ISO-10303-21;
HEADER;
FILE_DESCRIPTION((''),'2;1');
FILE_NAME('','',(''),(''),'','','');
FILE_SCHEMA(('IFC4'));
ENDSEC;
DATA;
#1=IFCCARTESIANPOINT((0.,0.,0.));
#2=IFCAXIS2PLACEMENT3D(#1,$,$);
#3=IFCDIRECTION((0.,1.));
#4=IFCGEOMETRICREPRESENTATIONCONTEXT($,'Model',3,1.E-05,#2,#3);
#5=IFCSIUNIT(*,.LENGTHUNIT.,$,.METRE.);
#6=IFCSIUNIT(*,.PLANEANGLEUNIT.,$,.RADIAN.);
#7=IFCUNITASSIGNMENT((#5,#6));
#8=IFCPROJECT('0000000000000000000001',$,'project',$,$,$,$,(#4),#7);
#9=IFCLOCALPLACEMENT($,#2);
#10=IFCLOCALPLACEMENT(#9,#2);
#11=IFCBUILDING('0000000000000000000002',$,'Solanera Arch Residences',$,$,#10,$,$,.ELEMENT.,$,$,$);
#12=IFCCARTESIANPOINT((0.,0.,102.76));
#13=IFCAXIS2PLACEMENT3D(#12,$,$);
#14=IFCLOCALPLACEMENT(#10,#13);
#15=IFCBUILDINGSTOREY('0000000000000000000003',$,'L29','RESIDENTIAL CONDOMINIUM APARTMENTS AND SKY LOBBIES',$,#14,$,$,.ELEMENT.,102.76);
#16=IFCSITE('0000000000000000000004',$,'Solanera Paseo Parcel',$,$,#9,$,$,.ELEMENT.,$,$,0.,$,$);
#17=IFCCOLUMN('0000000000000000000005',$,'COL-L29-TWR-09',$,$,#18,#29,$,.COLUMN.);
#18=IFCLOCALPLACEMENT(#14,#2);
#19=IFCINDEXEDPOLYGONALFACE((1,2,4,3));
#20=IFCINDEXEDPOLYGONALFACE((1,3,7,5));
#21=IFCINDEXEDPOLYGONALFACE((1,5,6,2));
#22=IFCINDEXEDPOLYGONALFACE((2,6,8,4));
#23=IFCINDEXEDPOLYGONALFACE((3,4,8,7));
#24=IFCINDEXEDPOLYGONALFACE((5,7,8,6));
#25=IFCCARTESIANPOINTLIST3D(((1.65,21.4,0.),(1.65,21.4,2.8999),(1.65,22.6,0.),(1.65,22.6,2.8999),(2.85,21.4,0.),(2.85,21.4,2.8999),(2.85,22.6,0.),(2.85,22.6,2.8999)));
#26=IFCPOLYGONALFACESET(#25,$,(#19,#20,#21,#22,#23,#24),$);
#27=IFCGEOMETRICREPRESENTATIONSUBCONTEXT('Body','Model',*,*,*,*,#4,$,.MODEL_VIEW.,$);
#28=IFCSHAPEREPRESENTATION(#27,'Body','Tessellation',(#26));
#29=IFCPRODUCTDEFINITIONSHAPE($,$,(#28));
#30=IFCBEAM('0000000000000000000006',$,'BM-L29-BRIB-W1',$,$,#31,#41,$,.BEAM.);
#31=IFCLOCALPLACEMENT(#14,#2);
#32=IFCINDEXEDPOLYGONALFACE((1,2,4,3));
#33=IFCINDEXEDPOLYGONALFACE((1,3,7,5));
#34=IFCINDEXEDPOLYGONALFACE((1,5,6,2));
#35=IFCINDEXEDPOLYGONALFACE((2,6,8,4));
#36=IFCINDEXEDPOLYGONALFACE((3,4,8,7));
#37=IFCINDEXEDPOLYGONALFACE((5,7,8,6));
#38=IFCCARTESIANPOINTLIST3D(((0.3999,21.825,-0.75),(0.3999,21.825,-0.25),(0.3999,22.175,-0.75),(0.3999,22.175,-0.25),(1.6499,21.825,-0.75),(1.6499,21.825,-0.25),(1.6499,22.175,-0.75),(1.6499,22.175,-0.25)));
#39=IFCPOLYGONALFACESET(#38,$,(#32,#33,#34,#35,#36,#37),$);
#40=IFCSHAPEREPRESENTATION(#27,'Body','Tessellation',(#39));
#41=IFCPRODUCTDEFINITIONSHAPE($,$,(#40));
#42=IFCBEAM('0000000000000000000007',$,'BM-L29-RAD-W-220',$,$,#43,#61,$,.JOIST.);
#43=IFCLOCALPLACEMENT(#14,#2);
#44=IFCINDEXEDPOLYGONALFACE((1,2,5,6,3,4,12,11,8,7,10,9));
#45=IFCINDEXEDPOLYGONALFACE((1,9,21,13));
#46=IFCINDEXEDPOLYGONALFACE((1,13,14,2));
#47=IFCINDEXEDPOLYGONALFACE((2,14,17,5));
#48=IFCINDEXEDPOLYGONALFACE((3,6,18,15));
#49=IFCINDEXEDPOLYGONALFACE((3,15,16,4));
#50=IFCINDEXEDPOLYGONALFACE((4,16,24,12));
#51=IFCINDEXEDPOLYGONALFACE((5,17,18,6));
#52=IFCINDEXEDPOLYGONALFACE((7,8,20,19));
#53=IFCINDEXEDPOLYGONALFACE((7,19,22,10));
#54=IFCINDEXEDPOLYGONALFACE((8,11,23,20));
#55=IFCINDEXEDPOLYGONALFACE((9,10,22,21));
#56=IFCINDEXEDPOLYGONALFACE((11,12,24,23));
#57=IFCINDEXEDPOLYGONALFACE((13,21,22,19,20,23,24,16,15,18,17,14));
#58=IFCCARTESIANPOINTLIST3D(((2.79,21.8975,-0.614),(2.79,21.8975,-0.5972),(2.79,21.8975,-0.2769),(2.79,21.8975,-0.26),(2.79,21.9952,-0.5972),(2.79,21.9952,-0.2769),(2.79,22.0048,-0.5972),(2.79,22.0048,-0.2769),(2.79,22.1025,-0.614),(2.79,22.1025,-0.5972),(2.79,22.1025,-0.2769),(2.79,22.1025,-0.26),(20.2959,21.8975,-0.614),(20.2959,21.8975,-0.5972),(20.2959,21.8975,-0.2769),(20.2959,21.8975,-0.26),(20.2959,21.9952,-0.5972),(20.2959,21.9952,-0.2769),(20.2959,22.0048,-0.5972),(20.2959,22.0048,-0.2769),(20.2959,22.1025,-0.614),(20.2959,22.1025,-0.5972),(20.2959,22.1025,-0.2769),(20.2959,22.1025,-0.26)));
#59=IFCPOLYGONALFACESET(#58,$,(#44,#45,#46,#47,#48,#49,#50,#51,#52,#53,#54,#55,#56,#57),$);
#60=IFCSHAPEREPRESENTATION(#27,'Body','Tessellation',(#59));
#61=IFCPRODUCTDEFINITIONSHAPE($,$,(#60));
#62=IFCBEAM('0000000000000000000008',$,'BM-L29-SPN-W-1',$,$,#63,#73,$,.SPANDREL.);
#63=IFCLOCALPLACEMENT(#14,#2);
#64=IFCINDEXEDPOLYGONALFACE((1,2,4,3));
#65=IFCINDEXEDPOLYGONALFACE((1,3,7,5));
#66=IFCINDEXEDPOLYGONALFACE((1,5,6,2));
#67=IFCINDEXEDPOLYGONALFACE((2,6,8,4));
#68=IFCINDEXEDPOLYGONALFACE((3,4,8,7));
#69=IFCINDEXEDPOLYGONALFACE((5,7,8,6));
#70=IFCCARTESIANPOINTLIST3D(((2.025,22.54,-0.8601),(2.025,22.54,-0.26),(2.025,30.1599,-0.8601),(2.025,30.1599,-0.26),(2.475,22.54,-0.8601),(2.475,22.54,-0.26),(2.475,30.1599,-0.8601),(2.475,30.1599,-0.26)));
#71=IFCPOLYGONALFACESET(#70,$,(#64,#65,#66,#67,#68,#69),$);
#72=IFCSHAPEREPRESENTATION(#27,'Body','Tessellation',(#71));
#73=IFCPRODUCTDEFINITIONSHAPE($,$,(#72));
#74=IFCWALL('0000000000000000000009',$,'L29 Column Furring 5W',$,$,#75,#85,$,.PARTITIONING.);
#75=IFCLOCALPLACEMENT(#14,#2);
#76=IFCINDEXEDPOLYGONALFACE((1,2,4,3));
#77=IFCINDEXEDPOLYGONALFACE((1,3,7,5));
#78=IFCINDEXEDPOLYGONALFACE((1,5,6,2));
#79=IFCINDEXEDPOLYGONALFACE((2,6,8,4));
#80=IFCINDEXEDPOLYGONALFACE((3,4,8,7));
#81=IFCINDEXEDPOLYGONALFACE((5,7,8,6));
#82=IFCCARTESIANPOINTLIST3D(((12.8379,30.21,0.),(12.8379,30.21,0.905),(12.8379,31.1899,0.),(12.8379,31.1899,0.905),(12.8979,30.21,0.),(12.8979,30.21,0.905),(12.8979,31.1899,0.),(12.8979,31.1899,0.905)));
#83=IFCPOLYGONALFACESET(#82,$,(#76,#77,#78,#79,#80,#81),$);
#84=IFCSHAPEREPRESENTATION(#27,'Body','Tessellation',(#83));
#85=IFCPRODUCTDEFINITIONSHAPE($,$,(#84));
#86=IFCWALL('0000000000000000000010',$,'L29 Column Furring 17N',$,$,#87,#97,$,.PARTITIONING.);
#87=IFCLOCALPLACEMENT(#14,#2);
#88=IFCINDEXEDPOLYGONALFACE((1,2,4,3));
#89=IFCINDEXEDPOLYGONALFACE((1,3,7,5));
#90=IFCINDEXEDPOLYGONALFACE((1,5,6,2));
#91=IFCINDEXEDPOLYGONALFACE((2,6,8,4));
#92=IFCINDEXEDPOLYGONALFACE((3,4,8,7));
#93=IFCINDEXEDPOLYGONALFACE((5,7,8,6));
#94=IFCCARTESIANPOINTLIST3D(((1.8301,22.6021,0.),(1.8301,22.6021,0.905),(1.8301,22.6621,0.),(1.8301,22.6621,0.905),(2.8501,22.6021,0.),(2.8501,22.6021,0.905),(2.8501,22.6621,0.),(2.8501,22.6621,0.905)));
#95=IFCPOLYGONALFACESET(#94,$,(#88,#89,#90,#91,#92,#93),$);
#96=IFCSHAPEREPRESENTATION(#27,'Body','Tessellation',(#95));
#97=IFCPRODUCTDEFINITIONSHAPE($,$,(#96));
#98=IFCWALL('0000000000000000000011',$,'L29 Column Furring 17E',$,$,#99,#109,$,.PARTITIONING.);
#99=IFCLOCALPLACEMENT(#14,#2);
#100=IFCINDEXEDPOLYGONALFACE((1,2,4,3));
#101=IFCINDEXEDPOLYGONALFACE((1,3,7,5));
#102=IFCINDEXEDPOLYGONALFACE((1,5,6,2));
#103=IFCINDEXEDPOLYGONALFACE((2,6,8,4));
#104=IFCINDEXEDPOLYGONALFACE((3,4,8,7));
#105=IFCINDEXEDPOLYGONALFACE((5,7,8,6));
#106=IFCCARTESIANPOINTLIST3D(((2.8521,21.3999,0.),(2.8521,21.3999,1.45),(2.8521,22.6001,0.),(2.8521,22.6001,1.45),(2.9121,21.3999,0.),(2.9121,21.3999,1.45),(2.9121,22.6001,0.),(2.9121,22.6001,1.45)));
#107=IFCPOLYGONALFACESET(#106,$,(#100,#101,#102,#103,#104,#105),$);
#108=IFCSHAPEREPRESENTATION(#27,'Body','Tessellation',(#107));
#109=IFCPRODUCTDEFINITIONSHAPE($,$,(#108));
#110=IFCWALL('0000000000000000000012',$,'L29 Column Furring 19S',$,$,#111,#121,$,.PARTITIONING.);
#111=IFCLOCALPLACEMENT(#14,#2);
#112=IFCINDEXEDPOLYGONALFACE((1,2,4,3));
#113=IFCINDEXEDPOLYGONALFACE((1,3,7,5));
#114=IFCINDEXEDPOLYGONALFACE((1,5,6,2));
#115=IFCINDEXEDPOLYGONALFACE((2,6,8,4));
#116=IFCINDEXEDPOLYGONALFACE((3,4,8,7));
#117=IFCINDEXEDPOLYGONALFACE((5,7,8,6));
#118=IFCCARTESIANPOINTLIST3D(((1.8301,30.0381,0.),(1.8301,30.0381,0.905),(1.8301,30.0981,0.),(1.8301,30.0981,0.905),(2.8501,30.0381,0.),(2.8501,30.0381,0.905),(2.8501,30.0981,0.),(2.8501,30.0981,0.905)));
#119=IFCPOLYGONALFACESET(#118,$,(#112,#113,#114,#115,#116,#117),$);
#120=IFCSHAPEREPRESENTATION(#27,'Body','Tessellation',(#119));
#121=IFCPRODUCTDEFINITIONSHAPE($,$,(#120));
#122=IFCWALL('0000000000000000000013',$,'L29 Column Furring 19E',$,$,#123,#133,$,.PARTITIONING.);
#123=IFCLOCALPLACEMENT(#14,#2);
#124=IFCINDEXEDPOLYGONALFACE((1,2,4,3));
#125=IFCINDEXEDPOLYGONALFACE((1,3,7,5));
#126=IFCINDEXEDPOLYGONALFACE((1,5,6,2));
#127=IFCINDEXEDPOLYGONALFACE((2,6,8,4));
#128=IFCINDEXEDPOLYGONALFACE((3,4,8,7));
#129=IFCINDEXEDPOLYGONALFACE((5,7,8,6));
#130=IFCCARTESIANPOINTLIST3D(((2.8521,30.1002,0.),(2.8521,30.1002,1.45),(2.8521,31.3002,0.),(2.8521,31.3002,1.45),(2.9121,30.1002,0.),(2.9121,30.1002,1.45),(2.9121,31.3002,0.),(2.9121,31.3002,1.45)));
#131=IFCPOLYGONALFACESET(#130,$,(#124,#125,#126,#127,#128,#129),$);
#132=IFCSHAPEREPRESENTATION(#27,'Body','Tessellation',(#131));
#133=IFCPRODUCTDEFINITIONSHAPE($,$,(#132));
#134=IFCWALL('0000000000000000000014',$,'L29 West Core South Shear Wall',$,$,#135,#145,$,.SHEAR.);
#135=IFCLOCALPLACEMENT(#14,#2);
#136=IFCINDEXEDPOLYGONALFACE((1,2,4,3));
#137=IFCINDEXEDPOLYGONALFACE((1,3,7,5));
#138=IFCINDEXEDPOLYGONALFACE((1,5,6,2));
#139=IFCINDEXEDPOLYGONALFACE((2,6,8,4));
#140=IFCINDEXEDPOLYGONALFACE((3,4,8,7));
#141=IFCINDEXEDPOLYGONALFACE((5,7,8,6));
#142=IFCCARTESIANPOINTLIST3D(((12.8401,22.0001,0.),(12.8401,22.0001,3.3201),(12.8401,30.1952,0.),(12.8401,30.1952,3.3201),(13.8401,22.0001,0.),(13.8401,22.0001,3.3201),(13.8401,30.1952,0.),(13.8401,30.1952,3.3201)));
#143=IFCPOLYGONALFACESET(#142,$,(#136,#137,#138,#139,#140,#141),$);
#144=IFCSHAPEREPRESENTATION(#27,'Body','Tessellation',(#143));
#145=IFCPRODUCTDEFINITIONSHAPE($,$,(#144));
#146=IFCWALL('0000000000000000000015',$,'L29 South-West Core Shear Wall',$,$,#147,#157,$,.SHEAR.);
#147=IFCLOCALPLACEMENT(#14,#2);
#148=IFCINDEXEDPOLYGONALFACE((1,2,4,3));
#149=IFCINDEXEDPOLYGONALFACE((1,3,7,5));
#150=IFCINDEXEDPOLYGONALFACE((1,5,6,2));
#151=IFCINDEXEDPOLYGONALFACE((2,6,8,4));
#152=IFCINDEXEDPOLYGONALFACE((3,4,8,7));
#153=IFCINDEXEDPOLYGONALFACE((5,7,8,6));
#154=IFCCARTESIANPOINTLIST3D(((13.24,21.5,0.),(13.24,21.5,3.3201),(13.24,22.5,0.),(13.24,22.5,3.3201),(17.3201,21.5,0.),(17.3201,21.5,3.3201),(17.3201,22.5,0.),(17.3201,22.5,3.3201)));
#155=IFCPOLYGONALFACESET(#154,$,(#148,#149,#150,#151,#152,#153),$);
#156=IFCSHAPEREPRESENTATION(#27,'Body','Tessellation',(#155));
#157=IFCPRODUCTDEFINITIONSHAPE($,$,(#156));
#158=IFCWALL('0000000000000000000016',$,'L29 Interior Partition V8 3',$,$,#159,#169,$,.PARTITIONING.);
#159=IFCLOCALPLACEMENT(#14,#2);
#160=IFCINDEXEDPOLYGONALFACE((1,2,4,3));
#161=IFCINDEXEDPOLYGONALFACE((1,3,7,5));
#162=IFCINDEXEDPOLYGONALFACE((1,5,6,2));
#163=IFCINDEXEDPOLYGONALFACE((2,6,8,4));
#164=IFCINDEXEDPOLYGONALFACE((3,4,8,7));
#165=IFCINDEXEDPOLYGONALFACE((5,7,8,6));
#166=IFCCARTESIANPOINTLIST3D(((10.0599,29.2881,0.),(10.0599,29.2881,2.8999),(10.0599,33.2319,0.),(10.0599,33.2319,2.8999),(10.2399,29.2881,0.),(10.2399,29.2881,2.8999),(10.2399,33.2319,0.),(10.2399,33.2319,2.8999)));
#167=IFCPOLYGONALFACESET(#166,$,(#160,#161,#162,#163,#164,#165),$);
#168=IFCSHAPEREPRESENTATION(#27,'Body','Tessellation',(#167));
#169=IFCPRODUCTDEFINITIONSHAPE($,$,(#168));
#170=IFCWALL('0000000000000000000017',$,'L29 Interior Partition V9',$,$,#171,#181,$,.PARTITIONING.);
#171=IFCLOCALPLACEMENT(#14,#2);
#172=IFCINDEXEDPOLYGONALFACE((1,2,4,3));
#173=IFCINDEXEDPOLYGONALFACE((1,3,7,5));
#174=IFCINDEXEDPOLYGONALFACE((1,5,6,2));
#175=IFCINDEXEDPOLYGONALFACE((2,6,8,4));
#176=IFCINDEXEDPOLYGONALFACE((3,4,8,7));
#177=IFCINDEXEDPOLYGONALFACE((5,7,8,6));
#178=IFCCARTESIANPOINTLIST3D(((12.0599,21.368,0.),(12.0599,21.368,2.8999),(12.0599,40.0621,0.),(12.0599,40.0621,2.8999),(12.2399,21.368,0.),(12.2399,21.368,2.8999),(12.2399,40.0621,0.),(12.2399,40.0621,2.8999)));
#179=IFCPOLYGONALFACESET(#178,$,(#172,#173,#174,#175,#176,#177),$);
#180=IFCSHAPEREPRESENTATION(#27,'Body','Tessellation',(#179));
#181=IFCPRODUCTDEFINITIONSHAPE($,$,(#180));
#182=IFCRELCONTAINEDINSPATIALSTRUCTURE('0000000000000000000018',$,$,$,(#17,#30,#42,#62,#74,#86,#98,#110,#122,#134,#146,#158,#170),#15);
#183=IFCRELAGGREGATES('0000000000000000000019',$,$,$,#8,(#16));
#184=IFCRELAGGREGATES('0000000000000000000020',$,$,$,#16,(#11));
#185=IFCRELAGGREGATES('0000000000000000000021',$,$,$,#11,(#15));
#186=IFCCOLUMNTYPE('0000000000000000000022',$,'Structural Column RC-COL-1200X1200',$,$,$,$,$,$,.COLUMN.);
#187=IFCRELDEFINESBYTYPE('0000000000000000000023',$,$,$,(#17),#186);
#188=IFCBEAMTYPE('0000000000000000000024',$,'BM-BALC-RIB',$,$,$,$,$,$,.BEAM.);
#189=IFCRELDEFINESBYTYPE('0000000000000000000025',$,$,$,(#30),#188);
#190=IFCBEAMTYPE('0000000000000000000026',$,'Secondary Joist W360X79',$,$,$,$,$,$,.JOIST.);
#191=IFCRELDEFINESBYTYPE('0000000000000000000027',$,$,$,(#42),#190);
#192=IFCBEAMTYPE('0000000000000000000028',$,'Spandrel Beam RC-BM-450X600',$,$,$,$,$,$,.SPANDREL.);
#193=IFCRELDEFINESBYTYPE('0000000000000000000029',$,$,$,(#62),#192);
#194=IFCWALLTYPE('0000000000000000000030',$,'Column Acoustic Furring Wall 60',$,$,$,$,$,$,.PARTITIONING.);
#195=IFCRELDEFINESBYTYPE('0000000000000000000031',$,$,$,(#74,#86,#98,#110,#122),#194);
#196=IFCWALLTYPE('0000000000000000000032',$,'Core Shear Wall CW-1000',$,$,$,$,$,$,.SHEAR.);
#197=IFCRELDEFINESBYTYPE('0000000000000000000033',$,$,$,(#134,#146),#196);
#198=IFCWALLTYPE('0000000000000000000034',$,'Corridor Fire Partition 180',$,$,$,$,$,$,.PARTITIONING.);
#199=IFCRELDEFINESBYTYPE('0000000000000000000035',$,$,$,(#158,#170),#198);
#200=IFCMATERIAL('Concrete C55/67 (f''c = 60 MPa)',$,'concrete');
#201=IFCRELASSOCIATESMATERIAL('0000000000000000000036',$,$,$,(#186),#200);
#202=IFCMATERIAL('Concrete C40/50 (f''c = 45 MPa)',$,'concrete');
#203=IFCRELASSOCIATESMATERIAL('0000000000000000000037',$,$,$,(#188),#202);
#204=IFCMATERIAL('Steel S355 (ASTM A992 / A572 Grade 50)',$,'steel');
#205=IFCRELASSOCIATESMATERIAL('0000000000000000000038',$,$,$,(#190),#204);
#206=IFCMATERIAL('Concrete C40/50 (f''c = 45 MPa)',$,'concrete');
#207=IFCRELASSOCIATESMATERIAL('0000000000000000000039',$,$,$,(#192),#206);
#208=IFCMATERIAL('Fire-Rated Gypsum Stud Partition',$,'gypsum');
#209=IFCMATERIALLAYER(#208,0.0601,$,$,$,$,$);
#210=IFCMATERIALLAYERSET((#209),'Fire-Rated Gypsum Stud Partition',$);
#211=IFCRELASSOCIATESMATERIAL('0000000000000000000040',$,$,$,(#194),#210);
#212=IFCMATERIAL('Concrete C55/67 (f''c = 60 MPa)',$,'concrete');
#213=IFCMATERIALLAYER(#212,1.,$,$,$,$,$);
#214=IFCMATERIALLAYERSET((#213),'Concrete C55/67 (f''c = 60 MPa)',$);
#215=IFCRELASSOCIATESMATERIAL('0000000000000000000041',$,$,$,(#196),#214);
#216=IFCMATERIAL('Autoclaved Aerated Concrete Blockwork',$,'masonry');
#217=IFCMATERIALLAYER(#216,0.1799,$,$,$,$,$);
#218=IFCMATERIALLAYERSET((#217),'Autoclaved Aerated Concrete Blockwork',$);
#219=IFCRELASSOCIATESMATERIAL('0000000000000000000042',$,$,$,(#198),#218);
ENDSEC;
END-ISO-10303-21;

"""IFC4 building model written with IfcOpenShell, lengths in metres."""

from ifc_helpers import new_model, si_unit, direction, frame, frame_2d, origin, origin_2d, place, context, subcontext, project, spatial, rectangle, i_section, extrude, material, layer, layer_set, material_profile, profile_set, type_object, element, save


model = new_model("IFC4")

# Units and contexts
model_context = context("Model", 3, precision=1e-05, world=origin(), true_north=direction((0.0, 1.0)))
body_context = subcontext(model_context, "Body", "Model", "MODEL_VIEW")
ifc_project = project(units=[si_unit("LENGTHUNIT", "METRE"), si_unit("PLANEANGLEUNIT", "RADIAN")], contexts=[model_context])

# Site, building, storey
site_placement = place(None, origin())
site = spatial("IfcSite", under=ifc_project, at=site_placement, Name="Solanera Paseo Parcel", CompositionType="ELEMENT", RefElevation=0.0)
building_placement = place(site_placement, origin())
building = spatial("IfcBuilding", under=site, at=building_placement, Name="Solanera Arch Residences", CompositionType="ELEMENT")
storey_placement = place(building_placement, frame((0.0, 0.0, 102.76)))
storey = spatial("IfcBuildingStorey", under=building, at=storey_placement, Name="L29", Description="RESIDENTIAL CONDOMINIUM APARTMENTS AND SKY LOBBIES", CompositionType="ELEMENT", Elevation=102.76)

# Column
ifc_material_1 = material(Name="Concrete C55/67 (f'c = 60 MPa)", Category="concrete")
ifc_material_profile_1 = material_profile(ifc_material_1, rectangle(XDim=1.2, YDim=1.2, at=origin_2d()))
ifc_profile_set_1 = profile_set([ifc_material_profile_1], Name="Concrete C55/67 (f'c = 60 MPa)")
column_type = type_object("IfcColumnType", Name="Structural Column RC-COL-1200X1200", PredefinedType="COLUMN", material=ifc_profile_set_1)
column_placement = place(storey_placement, frame((2.25, 22.0, 0.0), z_axis=(0.0, 0.0, 1.0), x_axis=(1.0, 0.0, 0.0)))
element("IfcColumn", 1, at=column_placement, inside=storey, type_object=column_type, Name="COL-L29-TWR-09", PredefinedType="COLUMN", context=body_context, shape_type="SweptSolid", body=[
    extrude(rectangle(XDim=1.2, YDim=1.2, at=origin_2d()), origin(), (0.0, 0.0, 1.0), 2.8999),
])

# Beams
ifc_material_2 = material(Name="Concrete C40/50 (f'c = 45 MPa)", Category="concrete")
ifc_material_profile_2 = material_profile(ifc_material_2, rectangle(XDim=0.3501, YDim=0.5, at=origin_2d()))
ifc_profile_set_2 = profile_set([ifc_material_profile_2], Name="Concrete C40/50 (f'c = 45 MPa)")
beam_type_1 = type_object("IfcBeamType", Name="BM-BALC-RIB", PredefinedType="BEAM", material=ifc_profile_set_2)
beam_1_placement = place(storey_placement, frame((0.3999, 22.0, -0.5), z_axis=(1.0, 0.0, 0.0), x_axis=(0.0, 1.0, 0.0)))
element("IfcBeam", 2, at=beam_1_placement, inside=storey, type_object=beam_type_1, Name="BM-L29-BRIB-W1", PredefinedType="BEAM", context=body_context, shape_type="SweptSolid", body=[
    extrude(rectangle(XDim=0.3501, YDim=0.5, at=origin_2d()), origin(), (0.0, 0.0, 1.0), 1.25),
])
ifc_material_3 = material(Name="Steel S355 (ASTM A992 / A572 Grade 50)", Category="steel")
ifc_material_profile_3 = material_profile(ifc_material_3, i_section(OverallWidth=0.2051, OverallDepth=0.354, WebThickness=0.0095, FlangeThickness=0.0168, at=origin_2d()))
ifc_profile_set_3 = profile_set([ifc_material_profile_3], Name="Steel S355 (ASTM A992 / A572 Grade 50)")
beam_type_2 = type_object("IfcBeamType", Name="Secondary Joist W360X79", PredefinedType="JOIST", material=ifc_profile_set_3)
beam_2_placement = place(storey_placement, frame((2.79, 22.0, -0.437), z_axis=(1.0, 0.0, 0.0), x_axis=(0.0, 1.0, 0.0)))
element("IfcBeam", 3, at=beam_2_placement, inside=storey, type_object=beam_type_2, Name="BM-L29-RAD-W-220", PredefinedType="JOIST", context=body_context, shape_type="SweptSolid", body=[
    extrude(i_section(OverallWidth=0.2051, OverallDepth=0.354, WebThickness=0.0095, FlangeThickness=0.0168, at=origin_2d()), origin(), (0.0, 0.0, 1.0), 17.5059),
])
ifc_material_4 = material(Name="Concrete C40/50 (f'c = 45 MPa)", Category="concrete")
ifc_material_profile_4 = material_profile(ifc_material_4, rectangle(XDim=0.45, YDim=0.6001, at=origin_2d()))
ifc_profile_set_4 = profile_set([ifc_material_profile_4], Name="Concrete C40/50 (f'c = 45 MPa)")
beam_type_3 = type_object("IfcBeamType", Name="Spandrel Beam RC-BM-450X600", PredefinedType="SPANDREL", material=ifc_profile_set_4)
beam_3_placement = place(storey_placement, frame((2.25, 22.54, -0.5601), z_axis=(0.0, 1.0, 0.0), x_axis=(-1.0, 0.0, 0.0)))
element("IfcBeam", 4, at=beam_3_placement, inside=storey, type_object=beam_type_3, Name="BM-L29-SPN-W-1", PredefinedType="SPANDREL", context=body_context, shape_type="SweptSolid", body=[
    extrude(rectangle(XDim=0.45, YDim=0.6001, at=origin_2d()), origin(), (0.0, 0.0, 1.0), 7.6199),
])

# Walls
ifc_material_5 = material(Name="Fire-Rated Gypsum Stud Partition", Category="gypsum")
ifc_layer_1 = layer(ifc_material_5, 0.0601)
ifc_layer_set_1 = layer_set([ifc_layer_1], Name="Fire-Rated Gypsum Stud Partition")
wall_type_1 = type_object("IfcWallType", Name="Column Acoustic Furring Wall 60", PredefinedType="PARTITIONING", material=ifc_layer_set_1)
wall_1_placement = place(storey_placement, frame((12.8679, 30.21, 0.0), z_axis=(0.0, 0.0, 1.0), x_axis=(0.0, 1.0, 0.0)))
element("IfcWall", 5, at=wall_1_placement, inside=storey, type_object=wall_type_1, Name="L29 Column Furring 5W", PredefinedType="PARTITIONING", context=body_context, shape_type="SweptSolid", body=[
    extrude(rectangle(XDim=0.98, YDim=0.0601, at=frame_2d((0.49, 0.0))), origin(), (0.0, 0.0, 1.0), 0.905),
])
wall_2_placement = place(storey_placement, frame((1.8301, 22.6321, 0.0), z_axis=(0.0, 0.0, 1.0), x_axis=(1.0, 0.0, 0.0)))
element("IfcWall", 6, at=wall_2_placement, inside=storey, type_object=wall_type_1, Name="L29 Column Furring 17N", PredefinedType="PARTITIONING", context=body_context, shape_type="SweptSolid", body=[
    extrude(rectangle(XDim=1.02, YDim=0.0601, at=frame_2d((0.51, 0.0))), origin(), (0.0, 0.0, 1.0), 0.905),
])
wall_3_placement = place(storey_placement, frame((2.8821, 21.3999, 0.0), z_axis=(0.0, 0.0, 1.0), x_axis=(0.0, 1.0, 0.0)))
element("IfcWall", 7, at=wall_3_placement, inside=storey, type_object=wall_type_1, Name="L29 Column Furring 17E", PredefinedType="PARTITIONING", context=body_context, shape_type="SweptSolid", body=[
    extrude(rectangle(XDim=1.2002, YDim=0.0601, at=frame_2d((0.6001, 0.0))), origin(), (0.0, 0.0, 1.0), 1.45),
])
wall_4_placement = place(storey_placement, frame((1.8301, 30.0681, 0.0), z_axis=(0.0, 0.0, 1.0), x_axis=(1.0, 0.0, 0.0)))
element("IfcWall", 8, at=wall_4_placement, inside=storey, type_object=wall_type_1, Name="L29 Column Furring 19S", PredefinedType="PARTITIONING", context=body_context, shape_type="SweptSolid", body=[
    extrude(rectangle(XDim=1.02, YDim=0.0601, at=frame_2d((0.51, 0.0))), origin(), (0.0, 0.0, 1.0), 0.905),
])
wall_5_placement = place(storey_placement, frame((2.8821, 30.1001, 0.0), z_axis=(0.0, 0.0, 1.0), x_axis=(0.0, 1.0, 0.0)))
element("IfcWall", 9, at=wall_5_placement, inside=storey, type_object=wall_type_1, Name="L29 Column Furring 19E", PredefinedType="PARTITIONING", context=body_context, shape_type="SweptSolid", body=[
    extrude(rectangle(XDim=1.2, YDim=0.0601, at=frame_2d((0.6001, 0.0))), origin(), (0.0, 0.0, 1.0), 1.45),
])
ifc_material_6 = material(Name="Concrete C55/67 (f'c = 60 MPa)", Category="concrete")
ifc_layer_2 = layer(ifc_material_6, 1.0)
ifc_layer_set_2 = layer_set([ifc_layer_2], Name="Concrete C55/67 (f'c = 60 MPa)")
wall_type_2 = type_object("IfcWallType", Name="Core Shear Wall CW-1000", PredefinedType="SHEAR", material=ifc_layer_set_2)
wall_6_placement = place(storey_placement, frame((13.3401, 22.0, 0.0), z_axis=(0.0, 0.0, 1.0), x_axis=(0.0, 1.0, 0.0)))
element("IfcWall", 10, at=wall_6_placement, inside=storey, type_object=wall_type_2, Name="L29 West Core South Shear Wall", PredefinedType="SHEAR", context=body_context, shape_type="SweptSolid", body=[
    extrude(rectangle(XDim=8.1951, YDim=1.0, at=frame_2d((4.0977, 0.0))), origin(), (0.0, 0.0, 1.0), 3.3201),
])
wall_7_placement = place(storey_placement, frame((13.24, 22.0, 0.0), z_axis=(0.0, 0.0, 1.0), x_axis=(1.0, 0.0, 0.0)))
element("IfcWall", 11, at=wall_7_placement, inside=storey, type_object=wall_type_2, Name="L29 South-West Core Shear Wall", PredefinedType="SHEAR", context=body_context, shape_type="SweptSolid", body=[
    extrude(rectangle(XDim=4.0801, YDim=1.0, at=frame_2d((2.04, 0.0))), origin(), (0.0, 0.0, 1.0), 3.3201),
])

# Shared definitions
ifc_material_7 = material(Name="Autoclaved Aerated Concrete Blockwork", Category="masonry")
ifc_layer_3 = layer(ifc_material_7, 0.1799)
ifc_layer_set_3 = layer_set([ifc_layer_3], Name="Autoclaved Aerated Concrete Blockwork")
wall_type_3 = type_object("IfcWallType", Name="Corridor Fire Partition 180", PredefinedType="PARTITIONING", material=ifc_layer_set_3)

# Walls
wall_8_placement = place(storey_placement, frame((10.1499, 29.2881, 0.0), z_axis=(0.0, 0.0, 1.0), x_axis=(0.0, 1.0, 0.0)))
element("IfcWall", 12, at=wall_8_placement, inside=storey, type_object=wall_type_3, Name="L29 Interior Partition V8 3", PredefinedType="PARTITIONING", context=body_context, shape_type="SweptSolid", body=[
    extrude(rectangle(XDim=3.9438, YDim=0.1799, at=frame_2d((1.9719, 0.0))), origin(), (0.0, 0.0, 1.0), 2.8999),
])
wall_9_placement = place(storey_placement, frame((12.1499, 21.3679, 0.0), z_axis=(0.0, 0.0, 1.0), x_axis=(0.0, 1.0, 0.0)))
element("IfcWall", 13, at=wall_9_placement, inside=storey, type_object=wall_type_3, Name="L29 Interior Partition V9", PredefinedType="PARTITIONING", context=body_context, shape_type="SweptSolid", body=[
    extrude(rectangle(XDim=18.6941, YDim=0.1799, at=frame_2d((9.3472, 0.0))), origin(), (0.0, 0.0, 1.0), 2.8999),
])

save(model, "model.ifc")
